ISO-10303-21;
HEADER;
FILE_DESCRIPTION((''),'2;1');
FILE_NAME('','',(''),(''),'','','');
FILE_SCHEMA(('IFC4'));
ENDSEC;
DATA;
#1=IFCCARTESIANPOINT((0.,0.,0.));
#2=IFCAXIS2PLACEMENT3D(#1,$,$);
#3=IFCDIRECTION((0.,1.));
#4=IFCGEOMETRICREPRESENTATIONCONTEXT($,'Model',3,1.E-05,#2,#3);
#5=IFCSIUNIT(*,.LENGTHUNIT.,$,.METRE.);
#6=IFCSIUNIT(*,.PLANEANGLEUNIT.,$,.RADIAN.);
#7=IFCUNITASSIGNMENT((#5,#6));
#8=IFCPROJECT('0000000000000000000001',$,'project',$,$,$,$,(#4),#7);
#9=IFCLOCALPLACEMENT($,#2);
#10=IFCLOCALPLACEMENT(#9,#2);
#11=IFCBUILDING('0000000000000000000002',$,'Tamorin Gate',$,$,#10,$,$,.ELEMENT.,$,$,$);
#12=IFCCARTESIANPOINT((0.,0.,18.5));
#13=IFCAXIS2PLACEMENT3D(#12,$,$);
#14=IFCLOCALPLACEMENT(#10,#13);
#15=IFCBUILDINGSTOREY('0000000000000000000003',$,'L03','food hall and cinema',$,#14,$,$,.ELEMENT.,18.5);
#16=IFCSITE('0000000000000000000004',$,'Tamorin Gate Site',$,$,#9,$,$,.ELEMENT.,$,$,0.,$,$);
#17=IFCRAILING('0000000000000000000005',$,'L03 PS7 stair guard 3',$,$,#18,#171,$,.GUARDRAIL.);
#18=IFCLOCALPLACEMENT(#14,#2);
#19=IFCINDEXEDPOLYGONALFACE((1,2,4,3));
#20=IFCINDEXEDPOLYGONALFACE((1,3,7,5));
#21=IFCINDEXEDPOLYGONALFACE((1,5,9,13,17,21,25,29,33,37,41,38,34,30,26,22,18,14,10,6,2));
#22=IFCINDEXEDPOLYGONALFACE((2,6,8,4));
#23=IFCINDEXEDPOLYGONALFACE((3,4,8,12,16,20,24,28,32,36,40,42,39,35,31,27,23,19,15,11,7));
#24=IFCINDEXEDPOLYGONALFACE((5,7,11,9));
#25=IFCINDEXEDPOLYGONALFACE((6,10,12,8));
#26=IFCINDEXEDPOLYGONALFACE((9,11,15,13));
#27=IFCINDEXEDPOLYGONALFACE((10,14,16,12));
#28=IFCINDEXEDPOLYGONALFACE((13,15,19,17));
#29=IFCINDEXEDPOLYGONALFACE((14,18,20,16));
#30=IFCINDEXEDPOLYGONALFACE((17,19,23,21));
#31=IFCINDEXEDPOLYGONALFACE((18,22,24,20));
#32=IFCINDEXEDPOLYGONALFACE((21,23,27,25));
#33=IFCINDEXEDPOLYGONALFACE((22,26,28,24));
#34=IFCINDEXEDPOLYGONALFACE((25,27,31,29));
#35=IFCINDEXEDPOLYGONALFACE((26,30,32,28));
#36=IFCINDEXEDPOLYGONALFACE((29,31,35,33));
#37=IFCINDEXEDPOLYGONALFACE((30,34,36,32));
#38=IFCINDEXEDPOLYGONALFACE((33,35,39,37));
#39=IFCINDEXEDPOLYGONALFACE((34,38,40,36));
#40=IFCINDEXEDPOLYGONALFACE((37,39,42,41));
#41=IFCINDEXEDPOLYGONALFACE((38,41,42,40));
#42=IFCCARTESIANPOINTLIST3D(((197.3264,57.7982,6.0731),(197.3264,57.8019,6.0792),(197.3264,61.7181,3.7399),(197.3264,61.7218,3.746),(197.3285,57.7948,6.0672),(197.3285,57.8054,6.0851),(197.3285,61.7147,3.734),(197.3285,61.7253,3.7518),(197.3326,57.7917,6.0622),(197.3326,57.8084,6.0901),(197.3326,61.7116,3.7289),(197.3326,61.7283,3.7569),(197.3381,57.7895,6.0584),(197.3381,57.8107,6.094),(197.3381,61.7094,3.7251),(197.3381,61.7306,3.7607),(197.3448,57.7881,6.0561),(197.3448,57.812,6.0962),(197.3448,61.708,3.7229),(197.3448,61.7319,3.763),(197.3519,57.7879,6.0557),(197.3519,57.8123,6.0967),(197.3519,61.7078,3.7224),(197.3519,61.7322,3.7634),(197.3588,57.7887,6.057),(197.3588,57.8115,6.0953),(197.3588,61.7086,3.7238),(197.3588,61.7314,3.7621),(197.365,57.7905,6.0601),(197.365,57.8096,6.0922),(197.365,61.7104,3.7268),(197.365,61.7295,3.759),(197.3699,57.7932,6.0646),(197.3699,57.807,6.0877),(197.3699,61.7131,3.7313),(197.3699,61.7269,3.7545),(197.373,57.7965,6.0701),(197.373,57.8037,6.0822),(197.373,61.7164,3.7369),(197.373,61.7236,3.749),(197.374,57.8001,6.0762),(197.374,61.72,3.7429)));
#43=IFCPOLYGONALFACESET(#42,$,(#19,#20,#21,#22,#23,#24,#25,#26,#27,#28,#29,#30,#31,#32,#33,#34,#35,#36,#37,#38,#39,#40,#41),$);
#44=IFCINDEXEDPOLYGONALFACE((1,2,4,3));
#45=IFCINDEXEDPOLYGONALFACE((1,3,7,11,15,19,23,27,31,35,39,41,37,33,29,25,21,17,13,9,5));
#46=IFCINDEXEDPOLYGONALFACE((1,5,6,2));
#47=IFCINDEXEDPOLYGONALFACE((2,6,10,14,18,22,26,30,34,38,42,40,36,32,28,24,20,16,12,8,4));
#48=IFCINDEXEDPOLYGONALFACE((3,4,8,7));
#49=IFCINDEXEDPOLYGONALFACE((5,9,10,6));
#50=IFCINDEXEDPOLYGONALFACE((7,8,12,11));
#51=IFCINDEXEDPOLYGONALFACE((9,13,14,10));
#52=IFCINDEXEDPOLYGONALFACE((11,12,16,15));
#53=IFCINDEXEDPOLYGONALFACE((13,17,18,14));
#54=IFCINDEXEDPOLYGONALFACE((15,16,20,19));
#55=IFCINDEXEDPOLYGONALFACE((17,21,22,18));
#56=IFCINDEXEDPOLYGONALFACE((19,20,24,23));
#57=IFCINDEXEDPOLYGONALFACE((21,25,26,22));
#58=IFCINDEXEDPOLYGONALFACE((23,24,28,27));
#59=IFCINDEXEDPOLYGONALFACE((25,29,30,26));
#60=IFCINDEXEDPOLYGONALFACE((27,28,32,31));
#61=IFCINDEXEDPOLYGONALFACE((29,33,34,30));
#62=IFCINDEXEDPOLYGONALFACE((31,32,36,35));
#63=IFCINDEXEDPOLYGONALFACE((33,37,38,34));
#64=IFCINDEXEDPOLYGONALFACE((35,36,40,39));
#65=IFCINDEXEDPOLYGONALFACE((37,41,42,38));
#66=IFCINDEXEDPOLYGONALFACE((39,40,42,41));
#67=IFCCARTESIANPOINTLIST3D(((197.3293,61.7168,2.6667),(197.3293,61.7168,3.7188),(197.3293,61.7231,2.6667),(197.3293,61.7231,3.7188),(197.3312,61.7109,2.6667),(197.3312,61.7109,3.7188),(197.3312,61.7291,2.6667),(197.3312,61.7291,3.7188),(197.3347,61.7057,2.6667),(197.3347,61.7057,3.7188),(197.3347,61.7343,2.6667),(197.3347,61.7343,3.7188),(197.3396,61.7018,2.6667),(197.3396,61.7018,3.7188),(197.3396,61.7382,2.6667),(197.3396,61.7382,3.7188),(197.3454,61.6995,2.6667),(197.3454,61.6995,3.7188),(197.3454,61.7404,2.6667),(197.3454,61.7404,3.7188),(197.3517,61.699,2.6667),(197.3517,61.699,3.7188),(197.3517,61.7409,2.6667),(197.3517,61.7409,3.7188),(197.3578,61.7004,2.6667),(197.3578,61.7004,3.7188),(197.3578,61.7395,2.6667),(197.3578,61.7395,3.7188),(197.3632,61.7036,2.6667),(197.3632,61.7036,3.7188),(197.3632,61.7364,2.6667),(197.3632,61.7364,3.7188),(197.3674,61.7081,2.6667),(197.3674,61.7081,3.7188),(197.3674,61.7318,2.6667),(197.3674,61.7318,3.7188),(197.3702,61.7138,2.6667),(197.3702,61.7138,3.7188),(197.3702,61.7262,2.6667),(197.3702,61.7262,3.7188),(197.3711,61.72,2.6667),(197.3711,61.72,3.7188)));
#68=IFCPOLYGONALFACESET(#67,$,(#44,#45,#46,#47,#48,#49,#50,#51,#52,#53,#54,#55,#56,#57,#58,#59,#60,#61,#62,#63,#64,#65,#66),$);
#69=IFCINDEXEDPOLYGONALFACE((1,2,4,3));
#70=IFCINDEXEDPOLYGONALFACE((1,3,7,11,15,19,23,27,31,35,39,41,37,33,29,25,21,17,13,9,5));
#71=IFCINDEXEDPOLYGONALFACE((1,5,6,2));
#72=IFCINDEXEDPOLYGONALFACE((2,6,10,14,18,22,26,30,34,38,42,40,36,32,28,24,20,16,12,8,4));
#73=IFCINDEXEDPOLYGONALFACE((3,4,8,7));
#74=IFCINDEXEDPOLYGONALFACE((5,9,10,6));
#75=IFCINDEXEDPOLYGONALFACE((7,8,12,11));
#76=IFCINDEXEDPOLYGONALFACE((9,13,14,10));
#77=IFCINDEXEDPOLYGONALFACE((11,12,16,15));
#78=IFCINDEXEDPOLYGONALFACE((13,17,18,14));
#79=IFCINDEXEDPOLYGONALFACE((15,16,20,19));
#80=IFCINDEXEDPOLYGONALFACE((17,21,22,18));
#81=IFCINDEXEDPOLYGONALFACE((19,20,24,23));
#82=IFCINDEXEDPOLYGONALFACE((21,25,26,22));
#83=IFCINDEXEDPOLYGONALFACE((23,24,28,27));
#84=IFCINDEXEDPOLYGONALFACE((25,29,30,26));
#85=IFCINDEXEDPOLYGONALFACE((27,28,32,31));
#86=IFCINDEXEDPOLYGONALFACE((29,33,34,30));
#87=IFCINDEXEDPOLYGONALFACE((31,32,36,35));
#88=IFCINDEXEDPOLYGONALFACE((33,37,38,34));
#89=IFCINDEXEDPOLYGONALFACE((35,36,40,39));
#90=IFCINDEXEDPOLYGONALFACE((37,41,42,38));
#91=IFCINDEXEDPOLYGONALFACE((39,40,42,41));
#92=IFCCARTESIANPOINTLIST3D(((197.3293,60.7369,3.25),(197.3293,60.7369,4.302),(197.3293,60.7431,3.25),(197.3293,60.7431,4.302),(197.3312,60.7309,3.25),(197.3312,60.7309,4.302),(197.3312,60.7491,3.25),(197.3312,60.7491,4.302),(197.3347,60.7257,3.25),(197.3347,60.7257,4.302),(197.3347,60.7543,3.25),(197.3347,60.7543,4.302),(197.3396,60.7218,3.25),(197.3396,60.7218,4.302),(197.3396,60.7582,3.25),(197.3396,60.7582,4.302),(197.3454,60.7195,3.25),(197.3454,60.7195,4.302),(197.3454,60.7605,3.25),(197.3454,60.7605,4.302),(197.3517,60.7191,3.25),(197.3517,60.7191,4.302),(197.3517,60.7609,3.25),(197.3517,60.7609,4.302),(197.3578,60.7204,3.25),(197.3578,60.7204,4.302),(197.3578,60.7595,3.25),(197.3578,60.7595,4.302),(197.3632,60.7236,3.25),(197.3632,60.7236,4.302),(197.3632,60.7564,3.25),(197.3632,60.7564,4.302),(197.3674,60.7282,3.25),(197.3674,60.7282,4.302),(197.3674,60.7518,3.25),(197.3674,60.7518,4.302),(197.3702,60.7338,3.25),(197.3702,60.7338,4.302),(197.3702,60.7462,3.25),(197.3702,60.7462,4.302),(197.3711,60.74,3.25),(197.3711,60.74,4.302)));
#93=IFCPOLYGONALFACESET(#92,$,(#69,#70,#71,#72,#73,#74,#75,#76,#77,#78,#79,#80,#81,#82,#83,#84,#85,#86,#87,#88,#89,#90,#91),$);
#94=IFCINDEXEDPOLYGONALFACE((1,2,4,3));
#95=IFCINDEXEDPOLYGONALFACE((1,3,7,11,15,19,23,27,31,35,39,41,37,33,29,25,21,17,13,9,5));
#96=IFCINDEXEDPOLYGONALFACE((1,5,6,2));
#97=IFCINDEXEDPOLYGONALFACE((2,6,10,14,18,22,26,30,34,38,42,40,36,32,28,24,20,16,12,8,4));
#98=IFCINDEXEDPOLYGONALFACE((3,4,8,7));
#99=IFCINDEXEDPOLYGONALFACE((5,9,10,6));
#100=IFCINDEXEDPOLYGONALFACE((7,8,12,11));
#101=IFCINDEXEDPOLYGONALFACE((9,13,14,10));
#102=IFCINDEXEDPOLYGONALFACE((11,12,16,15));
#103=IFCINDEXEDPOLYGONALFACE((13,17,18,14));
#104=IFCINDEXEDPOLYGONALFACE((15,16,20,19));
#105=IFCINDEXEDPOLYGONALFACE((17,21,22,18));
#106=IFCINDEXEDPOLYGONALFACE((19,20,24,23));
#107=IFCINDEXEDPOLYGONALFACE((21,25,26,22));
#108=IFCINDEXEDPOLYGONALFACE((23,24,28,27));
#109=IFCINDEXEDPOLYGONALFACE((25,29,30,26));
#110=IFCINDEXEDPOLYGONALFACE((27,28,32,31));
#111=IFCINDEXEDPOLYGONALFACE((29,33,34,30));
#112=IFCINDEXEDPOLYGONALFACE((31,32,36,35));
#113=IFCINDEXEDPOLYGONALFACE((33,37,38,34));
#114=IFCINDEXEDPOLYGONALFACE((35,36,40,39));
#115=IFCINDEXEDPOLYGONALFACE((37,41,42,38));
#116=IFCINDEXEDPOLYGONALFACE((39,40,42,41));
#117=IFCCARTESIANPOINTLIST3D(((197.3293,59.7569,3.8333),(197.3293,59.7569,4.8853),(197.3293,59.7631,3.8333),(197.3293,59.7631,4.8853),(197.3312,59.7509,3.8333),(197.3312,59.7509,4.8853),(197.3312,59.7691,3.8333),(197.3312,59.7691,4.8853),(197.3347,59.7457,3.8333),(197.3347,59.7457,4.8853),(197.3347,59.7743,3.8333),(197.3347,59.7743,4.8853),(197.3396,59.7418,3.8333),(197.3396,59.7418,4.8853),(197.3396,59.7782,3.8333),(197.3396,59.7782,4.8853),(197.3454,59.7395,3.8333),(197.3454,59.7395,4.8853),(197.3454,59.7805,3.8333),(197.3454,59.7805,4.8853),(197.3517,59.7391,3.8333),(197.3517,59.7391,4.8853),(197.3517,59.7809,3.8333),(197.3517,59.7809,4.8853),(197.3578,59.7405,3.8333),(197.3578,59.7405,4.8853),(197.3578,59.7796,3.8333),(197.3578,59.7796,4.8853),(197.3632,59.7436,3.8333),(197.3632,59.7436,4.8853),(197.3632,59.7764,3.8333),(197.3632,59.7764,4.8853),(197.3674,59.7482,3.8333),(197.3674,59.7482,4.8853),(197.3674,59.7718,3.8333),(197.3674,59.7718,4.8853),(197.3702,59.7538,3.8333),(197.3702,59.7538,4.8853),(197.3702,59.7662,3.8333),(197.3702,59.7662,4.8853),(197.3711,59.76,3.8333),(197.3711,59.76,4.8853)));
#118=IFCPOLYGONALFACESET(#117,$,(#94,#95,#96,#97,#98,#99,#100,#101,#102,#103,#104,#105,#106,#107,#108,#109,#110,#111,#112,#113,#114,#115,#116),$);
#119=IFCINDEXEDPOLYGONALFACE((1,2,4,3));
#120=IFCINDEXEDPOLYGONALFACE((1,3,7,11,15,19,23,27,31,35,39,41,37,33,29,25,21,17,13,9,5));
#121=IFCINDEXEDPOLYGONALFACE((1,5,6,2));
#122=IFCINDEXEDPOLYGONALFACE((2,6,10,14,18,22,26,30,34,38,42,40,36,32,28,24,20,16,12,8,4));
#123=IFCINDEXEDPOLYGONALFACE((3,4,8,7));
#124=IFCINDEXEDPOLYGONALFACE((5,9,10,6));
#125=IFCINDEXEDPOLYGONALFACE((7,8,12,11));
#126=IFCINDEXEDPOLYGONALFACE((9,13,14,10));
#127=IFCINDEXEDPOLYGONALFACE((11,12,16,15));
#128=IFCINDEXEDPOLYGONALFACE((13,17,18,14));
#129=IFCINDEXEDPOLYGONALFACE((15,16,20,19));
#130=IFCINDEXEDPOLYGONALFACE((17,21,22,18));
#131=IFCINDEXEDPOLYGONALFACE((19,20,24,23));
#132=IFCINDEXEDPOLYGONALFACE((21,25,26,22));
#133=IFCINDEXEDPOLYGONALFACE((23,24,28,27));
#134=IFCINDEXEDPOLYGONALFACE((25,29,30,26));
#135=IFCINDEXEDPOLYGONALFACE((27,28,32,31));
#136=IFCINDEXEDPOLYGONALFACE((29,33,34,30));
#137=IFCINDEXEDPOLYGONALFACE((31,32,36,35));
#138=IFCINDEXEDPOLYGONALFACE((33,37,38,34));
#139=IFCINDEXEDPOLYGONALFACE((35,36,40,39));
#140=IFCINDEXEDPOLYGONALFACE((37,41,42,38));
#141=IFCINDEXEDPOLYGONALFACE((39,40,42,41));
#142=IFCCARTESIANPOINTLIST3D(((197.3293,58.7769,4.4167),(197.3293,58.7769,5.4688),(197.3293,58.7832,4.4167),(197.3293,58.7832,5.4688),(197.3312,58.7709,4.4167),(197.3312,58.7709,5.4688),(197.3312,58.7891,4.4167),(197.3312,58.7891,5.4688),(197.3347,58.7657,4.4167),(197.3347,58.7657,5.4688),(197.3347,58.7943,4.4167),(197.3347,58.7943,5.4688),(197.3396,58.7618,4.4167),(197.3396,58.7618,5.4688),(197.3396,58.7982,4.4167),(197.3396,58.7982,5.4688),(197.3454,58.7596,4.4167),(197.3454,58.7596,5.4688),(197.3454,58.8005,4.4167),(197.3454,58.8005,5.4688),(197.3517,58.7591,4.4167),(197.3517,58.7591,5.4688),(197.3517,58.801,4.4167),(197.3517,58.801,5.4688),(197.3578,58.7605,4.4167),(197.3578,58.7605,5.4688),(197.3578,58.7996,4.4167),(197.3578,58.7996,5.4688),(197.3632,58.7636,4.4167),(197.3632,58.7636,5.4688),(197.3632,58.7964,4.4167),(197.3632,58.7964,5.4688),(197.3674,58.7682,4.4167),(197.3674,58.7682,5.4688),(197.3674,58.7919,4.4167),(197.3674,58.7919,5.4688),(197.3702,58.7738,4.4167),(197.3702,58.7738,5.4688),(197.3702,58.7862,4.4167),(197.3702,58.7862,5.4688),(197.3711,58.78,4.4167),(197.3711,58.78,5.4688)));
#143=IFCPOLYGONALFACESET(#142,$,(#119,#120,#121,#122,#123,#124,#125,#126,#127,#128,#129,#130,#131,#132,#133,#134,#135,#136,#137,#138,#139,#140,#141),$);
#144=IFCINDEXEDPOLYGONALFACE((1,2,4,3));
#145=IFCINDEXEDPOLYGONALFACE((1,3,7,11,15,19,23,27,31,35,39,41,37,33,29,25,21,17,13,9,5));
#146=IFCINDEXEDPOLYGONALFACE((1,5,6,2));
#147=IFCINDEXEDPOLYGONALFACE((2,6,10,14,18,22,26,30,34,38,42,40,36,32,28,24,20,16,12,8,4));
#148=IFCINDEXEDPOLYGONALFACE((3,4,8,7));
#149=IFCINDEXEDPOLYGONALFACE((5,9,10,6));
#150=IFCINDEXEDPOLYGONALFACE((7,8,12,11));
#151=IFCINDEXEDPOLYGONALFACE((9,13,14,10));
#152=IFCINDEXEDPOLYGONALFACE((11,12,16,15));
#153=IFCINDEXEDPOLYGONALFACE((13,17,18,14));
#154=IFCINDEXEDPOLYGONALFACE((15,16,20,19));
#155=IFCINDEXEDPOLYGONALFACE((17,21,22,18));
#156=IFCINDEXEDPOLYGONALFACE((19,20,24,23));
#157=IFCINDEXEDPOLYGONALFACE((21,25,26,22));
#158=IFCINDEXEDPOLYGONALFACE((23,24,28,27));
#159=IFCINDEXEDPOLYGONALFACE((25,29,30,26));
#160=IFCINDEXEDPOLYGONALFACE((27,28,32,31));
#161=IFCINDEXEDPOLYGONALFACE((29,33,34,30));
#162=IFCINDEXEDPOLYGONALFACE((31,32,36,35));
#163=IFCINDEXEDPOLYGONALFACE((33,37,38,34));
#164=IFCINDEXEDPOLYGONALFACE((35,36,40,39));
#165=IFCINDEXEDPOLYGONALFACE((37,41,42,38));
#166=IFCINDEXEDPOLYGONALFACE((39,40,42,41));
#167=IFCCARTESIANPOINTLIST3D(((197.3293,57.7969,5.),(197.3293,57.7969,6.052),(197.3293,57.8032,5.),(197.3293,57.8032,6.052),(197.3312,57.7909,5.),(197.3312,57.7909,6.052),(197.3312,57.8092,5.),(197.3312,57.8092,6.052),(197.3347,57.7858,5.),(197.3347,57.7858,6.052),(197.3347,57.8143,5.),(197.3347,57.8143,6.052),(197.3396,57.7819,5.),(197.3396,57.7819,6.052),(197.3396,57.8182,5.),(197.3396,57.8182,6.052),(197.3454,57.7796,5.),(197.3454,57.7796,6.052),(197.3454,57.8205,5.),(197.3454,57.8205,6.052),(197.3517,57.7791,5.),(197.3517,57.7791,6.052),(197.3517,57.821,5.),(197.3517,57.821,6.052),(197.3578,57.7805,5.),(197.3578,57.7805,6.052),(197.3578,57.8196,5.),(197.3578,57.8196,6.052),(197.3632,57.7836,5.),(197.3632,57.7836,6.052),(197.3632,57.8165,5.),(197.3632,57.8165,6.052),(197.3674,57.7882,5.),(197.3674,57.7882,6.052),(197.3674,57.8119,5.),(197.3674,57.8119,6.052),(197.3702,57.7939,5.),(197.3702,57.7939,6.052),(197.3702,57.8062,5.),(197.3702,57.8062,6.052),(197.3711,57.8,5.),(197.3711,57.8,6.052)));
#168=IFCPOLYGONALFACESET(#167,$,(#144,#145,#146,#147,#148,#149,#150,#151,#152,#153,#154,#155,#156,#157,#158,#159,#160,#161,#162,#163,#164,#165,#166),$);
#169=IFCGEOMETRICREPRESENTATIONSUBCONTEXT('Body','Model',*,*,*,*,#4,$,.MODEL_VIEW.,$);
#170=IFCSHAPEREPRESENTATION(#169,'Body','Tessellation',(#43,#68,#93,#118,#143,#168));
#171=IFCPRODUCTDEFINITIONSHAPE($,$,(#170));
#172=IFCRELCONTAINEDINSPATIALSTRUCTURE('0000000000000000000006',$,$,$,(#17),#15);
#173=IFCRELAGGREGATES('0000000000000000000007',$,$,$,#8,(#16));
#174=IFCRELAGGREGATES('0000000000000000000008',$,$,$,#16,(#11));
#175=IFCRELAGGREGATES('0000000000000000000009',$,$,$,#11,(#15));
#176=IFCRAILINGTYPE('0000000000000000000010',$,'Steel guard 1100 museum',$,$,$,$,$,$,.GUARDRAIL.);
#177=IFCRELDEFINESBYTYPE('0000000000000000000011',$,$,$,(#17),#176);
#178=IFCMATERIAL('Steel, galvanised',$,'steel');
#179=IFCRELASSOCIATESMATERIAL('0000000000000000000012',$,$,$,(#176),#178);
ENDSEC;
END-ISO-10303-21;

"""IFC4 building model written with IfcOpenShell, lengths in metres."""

from ifc_helpers import new_model, si_unit, direction, frame, origin, origin_2d, place, context, subcontext, project, spatial, circle, extrude, material, type_object, element, save


model = new_model("IFC4")

# Units and contexts
model_context = context("Model", 3, precision=1e-05, world=origin(), true_north=direction((0.0, 1.0)))
body_context = subcontext(model_context, "Body", "Model", "MODEL_VIEW")
ifc_project = project(units=[si_unit("LENGTHUNIT", "METRE"), si_unit("PLANEANGLEUNIT", "RADIAN")], contexts=[model_context])

# Site, building, storey
site_placement = place(None, origin())
site = spatial("IfcSite", under=ifc_project, at=site_placement, Name="Tamorin Gate Site", CompositionType="ELEMENT", RefElevation=0.0)
building_placement = place(site_placement, origin())
building = spatial("IfcBuilding", under=site, at=building_placement, Name="Tamorin Gate", CompositionType="ELEMENT")
storey_placement = place(building_placement, frame((0.0, 0.0, 18.5)))
storey = spatial("IfcBuildingStorey", under=building, at=storey_placement, Name="L03", Description="food hall and cinema", CompositionType="ELEMENT", Elevation=18.5)

# Railing
ifc_material_1 = material(Name="Steel, galvanised", Category="steel")
railing_type_1 = type_object("IfcRailingType", Name="Steel guard 1100 museum", PredefinedType="GUARDRAIL", material=ifc_material_1)
railing_1_placement = place(storey_placement, frame((197.3501, 61.72, 2.6667)))
element("IfcRailing", 1, at=railing_1_placement, inside=storey, type_object=railing_type_1, Name="L03 PS7 stair guard 3", PredefinedType="GUARDRAIL", context=body_context, shape_type="SweptSolid", body=[
    extrude(circle(Radius=0.0239, at=origin_2d()), frame((0.0, 0.0, 1.0762), z_axis=(0.0, -0.859296, 0.511478), x_axis=(1.0, 0.0, 0.0)), (0.0, 0.0, 1.0), 4.5618),
    extrude(circle(Radius=0.021, at=origin_2d()), origin(), (0.0, 0.0, 1.0), 1.052),
    extrude(circle(Radius=0.021, at=origin_2d()), frame((0.0, -0.98, 0.5833)), (0.0, 0.0, 1.0), 1.052),
    extrude(circle(Radius=0.021, at=origin_2d()), frame((0.0, -1.96, 1.1665)), (0.0, 0.0, 1.0), 1.052),
    extrude(circle(Radius=0.021, at=origin_2d()), frame((0.0, -2.9399, 1.75)), (0.0, 0.0, 1.0), 1.052),
    extrude(circle(Radius=0.021, at=origin_2d()), frame((0.0, -3.9199, 2.3333)), (0.0, 0.0, 1.0), 1.052),
])

save(model, "model.ifc")
